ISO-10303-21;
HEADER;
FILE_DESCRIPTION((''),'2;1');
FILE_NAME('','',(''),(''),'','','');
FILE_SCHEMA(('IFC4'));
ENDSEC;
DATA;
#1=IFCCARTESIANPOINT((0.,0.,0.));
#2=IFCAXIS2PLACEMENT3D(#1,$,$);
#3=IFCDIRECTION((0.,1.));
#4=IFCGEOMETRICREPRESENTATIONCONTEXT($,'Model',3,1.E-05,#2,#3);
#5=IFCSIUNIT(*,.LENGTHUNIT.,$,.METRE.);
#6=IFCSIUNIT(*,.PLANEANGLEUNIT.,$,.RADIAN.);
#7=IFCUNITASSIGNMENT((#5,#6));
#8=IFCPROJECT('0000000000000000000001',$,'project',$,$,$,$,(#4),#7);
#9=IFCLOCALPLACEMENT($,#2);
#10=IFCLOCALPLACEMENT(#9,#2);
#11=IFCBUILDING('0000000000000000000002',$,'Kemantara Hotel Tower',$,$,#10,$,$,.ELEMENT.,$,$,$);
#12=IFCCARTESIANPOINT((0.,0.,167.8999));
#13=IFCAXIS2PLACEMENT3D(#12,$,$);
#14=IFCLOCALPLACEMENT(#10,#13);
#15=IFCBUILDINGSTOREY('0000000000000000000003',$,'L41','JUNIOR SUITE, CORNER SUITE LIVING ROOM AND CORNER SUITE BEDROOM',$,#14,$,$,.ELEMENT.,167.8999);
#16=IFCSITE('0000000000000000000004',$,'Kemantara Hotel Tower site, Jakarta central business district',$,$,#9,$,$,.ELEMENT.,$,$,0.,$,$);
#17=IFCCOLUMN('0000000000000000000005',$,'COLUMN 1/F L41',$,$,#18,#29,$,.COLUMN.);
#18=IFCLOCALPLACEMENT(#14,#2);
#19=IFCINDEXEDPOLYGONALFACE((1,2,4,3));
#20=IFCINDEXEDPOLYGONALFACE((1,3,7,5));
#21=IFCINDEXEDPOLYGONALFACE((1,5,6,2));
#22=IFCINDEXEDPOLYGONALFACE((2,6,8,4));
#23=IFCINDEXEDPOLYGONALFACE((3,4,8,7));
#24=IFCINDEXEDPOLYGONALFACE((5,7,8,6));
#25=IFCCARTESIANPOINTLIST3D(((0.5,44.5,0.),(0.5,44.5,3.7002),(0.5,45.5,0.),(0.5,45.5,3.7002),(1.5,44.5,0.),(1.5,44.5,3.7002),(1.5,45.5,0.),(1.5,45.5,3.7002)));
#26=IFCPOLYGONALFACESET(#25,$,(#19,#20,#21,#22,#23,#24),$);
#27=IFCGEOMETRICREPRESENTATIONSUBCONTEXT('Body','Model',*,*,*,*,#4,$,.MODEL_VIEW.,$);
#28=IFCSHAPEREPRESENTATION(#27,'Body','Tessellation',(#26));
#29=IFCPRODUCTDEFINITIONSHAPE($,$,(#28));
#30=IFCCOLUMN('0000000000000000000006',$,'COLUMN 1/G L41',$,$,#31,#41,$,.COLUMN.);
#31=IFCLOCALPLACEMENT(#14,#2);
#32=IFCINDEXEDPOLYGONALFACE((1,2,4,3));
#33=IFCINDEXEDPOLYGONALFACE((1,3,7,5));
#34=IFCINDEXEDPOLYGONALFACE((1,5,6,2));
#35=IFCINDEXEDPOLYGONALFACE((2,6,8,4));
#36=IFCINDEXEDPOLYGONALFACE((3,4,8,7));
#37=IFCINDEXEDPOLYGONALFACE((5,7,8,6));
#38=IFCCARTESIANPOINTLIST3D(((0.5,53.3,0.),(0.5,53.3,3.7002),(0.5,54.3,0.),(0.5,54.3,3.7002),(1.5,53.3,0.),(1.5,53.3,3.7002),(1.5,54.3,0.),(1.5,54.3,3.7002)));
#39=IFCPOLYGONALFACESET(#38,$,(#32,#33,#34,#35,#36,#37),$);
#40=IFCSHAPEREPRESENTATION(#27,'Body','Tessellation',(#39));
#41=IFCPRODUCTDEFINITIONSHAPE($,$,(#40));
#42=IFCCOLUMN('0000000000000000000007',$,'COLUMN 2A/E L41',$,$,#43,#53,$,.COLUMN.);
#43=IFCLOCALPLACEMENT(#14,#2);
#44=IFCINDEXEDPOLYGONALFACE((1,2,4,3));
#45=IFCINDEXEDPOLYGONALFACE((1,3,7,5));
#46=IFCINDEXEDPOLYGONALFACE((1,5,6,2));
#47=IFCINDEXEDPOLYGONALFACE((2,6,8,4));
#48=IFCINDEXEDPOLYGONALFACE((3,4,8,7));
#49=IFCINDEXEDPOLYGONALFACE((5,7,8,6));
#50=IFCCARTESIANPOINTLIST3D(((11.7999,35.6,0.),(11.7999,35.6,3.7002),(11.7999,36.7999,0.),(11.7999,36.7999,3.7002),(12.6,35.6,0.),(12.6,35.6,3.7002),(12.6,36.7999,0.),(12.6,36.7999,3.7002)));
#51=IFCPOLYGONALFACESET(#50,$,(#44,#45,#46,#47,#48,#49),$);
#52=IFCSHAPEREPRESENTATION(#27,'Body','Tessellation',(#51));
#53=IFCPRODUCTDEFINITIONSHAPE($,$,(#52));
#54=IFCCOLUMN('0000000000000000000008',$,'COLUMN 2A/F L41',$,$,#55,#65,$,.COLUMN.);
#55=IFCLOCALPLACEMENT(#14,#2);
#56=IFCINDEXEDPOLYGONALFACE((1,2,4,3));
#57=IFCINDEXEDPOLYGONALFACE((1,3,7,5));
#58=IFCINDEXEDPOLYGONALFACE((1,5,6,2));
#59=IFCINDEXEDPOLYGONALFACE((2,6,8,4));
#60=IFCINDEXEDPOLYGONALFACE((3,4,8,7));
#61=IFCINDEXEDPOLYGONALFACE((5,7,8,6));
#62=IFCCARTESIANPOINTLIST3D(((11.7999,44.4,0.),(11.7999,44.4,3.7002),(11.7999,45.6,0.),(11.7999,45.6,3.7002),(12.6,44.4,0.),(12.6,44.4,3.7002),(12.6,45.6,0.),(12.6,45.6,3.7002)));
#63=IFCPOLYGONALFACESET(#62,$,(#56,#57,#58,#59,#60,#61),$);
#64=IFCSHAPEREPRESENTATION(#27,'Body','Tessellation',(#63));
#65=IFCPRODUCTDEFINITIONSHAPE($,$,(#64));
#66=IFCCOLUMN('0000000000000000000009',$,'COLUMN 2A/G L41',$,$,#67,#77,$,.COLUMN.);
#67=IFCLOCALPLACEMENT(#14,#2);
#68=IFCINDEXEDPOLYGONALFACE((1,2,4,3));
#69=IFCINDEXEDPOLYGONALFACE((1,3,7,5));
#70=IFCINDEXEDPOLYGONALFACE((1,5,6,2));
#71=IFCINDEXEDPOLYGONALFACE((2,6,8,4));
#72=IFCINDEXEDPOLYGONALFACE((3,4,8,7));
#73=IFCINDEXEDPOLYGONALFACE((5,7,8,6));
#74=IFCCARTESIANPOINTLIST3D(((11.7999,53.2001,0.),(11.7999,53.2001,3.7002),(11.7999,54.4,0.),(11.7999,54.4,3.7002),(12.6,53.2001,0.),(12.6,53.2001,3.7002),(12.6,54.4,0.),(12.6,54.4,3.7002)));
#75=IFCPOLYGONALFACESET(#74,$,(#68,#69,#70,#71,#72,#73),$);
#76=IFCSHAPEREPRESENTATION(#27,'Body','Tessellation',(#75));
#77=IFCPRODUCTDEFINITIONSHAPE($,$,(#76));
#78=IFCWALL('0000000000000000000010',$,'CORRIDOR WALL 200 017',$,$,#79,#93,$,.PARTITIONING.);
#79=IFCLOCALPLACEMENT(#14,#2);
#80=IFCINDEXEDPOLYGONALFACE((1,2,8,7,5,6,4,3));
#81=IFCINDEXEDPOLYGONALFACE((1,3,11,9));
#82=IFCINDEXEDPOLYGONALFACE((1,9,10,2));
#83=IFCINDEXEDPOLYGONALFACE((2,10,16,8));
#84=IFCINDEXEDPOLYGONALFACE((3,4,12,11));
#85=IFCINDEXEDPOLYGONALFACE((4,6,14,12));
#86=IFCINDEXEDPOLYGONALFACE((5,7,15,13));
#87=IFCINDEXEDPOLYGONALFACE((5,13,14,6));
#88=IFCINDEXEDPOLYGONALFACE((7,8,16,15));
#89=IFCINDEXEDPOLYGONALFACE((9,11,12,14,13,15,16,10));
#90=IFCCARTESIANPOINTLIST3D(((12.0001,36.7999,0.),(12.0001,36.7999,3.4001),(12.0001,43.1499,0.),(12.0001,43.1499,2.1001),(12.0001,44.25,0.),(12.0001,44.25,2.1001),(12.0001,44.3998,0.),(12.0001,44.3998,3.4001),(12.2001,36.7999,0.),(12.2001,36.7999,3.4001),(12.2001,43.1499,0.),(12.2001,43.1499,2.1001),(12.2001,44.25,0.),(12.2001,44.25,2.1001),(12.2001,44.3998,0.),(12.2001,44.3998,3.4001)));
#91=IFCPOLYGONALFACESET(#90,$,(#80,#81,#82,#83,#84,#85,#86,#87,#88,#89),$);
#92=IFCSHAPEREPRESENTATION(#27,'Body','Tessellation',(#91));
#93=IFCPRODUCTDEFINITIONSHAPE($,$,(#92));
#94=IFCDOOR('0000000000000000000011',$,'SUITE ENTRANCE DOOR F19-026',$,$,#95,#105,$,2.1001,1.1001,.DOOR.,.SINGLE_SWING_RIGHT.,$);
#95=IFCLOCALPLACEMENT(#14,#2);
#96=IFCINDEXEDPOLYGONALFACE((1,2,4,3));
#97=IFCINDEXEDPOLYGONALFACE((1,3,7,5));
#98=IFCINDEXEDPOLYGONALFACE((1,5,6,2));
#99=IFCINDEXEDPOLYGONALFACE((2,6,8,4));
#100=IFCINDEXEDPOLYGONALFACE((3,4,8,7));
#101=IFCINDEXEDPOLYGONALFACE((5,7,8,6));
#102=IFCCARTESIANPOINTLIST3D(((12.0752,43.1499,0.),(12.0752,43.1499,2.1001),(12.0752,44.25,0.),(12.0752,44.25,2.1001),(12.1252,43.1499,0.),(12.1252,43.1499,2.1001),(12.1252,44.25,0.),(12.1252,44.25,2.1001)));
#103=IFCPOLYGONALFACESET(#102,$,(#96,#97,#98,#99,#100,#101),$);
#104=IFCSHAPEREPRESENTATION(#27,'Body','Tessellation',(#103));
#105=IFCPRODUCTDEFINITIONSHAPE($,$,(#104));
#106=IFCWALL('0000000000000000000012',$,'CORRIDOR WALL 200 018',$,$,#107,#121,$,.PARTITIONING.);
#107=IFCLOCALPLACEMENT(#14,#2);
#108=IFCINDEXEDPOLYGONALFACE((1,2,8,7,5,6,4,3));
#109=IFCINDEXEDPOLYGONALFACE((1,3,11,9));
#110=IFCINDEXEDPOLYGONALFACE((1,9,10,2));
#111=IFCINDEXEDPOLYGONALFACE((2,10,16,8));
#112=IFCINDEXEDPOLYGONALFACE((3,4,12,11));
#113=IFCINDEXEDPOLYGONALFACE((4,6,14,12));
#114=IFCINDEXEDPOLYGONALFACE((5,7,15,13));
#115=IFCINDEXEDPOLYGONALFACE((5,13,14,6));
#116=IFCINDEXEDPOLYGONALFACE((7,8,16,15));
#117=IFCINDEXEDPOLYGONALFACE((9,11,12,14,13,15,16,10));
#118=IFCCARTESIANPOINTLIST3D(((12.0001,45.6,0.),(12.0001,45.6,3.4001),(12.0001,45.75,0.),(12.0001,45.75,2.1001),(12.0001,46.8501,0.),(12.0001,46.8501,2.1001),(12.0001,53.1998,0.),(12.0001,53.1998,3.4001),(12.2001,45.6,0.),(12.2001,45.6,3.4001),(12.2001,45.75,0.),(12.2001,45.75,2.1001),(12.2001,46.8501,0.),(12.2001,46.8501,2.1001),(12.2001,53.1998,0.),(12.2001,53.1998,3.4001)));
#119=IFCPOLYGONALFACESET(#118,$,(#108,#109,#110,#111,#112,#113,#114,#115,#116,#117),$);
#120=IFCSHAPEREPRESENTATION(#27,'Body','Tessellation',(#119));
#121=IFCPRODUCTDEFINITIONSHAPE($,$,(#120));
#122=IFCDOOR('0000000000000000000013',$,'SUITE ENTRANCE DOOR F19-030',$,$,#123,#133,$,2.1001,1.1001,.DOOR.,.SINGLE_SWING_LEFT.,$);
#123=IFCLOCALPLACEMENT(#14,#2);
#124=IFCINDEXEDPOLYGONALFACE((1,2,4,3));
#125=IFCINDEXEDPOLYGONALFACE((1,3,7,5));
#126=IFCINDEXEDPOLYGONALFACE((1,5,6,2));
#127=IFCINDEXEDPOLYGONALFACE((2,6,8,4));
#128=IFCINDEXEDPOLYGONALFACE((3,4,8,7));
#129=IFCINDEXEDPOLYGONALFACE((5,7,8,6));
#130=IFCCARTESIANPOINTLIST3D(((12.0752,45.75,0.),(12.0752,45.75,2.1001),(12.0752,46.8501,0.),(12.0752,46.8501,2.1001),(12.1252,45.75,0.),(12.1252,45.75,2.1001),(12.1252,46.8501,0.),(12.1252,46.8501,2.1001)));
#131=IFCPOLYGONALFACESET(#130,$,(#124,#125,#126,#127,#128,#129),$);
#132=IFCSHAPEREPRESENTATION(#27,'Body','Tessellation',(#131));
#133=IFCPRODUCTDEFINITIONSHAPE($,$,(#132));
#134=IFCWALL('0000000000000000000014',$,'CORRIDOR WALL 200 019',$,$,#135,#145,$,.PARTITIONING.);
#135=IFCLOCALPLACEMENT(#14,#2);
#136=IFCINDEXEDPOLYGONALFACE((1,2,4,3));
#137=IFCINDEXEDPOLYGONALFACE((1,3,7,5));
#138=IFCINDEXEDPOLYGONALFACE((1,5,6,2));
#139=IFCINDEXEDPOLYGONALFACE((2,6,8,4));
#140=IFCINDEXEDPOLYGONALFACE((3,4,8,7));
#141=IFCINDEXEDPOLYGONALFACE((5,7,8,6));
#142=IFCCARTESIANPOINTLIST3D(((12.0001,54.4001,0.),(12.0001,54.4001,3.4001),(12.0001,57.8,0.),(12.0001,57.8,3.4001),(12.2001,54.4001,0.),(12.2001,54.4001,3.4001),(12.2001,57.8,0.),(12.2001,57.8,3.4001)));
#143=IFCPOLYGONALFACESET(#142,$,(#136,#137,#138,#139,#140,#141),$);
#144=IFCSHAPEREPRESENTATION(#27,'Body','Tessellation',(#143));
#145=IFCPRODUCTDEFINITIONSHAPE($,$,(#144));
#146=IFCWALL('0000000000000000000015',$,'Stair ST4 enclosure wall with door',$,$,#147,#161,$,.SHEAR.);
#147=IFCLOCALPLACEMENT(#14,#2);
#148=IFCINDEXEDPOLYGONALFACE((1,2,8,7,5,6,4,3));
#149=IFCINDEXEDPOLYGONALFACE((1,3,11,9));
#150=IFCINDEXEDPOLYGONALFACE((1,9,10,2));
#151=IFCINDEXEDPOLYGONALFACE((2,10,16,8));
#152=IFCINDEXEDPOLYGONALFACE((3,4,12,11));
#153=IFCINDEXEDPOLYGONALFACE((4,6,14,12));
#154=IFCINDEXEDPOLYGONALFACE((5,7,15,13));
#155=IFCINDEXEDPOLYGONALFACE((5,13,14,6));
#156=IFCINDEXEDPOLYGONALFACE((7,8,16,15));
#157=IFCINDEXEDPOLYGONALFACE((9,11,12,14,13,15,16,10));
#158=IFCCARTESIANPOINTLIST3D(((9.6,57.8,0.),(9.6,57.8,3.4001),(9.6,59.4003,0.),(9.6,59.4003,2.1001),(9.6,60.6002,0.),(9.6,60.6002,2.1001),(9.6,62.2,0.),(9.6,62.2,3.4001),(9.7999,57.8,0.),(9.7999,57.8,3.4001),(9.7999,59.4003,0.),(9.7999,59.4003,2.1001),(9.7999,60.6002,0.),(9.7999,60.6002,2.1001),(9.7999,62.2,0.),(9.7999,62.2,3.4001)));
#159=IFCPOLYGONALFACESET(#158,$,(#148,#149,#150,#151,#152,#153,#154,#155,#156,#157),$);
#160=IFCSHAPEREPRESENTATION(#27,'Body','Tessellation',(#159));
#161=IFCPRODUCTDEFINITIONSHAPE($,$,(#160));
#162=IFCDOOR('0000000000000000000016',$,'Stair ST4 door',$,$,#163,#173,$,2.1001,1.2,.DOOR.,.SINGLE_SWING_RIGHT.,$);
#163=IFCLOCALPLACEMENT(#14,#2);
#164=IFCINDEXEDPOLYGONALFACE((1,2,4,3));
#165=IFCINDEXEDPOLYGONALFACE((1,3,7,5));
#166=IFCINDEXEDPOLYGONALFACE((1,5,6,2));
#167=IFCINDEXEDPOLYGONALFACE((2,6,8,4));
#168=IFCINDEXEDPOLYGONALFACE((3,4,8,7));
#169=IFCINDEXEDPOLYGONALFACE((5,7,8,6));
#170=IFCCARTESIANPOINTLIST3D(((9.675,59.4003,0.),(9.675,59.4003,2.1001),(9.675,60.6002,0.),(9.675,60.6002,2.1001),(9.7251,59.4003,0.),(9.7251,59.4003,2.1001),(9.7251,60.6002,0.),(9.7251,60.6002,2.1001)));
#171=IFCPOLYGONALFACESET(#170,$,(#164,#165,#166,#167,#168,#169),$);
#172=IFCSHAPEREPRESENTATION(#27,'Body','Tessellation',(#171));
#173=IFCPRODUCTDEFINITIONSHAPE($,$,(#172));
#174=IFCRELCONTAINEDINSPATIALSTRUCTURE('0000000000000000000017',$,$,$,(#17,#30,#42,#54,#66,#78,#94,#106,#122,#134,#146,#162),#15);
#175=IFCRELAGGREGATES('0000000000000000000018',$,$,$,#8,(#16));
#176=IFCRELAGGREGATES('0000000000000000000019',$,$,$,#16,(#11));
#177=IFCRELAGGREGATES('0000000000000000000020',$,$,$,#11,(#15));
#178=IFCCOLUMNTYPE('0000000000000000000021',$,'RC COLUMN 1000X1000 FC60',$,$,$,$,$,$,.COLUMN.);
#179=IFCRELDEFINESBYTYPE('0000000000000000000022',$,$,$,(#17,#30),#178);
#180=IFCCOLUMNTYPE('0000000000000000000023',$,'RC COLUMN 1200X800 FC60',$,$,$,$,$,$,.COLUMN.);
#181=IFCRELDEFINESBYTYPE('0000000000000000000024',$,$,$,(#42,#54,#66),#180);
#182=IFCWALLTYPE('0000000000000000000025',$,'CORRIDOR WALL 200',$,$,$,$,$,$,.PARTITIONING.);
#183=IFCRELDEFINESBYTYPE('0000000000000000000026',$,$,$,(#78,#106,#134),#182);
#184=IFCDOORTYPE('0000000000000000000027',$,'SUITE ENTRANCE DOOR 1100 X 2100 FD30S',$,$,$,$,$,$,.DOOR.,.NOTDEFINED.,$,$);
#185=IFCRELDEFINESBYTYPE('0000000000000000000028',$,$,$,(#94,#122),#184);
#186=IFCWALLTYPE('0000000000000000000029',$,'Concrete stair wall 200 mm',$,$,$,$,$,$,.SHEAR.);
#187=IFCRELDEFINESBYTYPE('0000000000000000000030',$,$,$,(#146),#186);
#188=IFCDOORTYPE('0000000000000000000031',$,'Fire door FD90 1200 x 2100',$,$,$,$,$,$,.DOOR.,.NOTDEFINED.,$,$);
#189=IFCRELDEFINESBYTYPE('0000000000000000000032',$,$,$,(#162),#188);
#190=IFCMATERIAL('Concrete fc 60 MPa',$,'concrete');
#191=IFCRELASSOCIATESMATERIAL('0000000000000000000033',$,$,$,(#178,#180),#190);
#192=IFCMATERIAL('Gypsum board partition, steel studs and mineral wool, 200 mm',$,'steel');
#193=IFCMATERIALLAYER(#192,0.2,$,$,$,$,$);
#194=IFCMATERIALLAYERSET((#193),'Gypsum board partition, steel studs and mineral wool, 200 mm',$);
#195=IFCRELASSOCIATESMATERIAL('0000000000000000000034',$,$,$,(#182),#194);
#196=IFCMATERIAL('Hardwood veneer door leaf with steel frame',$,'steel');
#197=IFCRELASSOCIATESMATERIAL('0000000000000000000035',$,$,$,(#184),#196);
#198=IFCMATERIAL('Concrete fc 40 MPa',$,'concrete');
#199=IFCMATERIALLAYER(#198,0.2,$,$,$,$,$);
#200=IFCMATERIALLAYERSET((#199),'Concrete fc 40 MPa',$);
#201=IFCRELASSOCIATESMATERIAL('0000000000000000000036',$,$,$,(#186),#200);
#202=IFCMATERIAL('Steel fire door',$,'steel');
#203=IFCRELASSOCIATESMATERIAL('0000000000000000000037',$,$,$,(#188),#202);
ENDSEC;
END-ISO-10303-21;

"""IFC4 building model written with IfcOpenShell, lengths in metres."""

from ifc_helpers import new_model, si_unit, direction, frame, frame_2d, origin, origin_2d, place, context, subcontext, project, spatial, rectangle, extrude, material, layer, layer_set, material_profile, profile_set, type_object, element, fill, save


model = new_model("IFC4")

# Units and contexts
model_context = context("Model", 3, precision=1e-05, world=origin(), true_north=direction((0.0, 1.0)))
body_context = subcontext(model_context, "Body", "Model", "MODEL_VIEW")
ifc_project = project(units=[si_unit("LENGTHUNIT", "METRE"), si_unit("PLANEANGLEUNIT", "RADIAN")], contexts=[model_context])

# Site, building, storey
site_placement = place(None, origin())
site = spatial("IfcSite", under=ifc_project, at=site_placement, Name="Kemantara Hotel Tower site, Jakarta central business district", CompositionType="ELEMENT", RefElevation=0.0)
building_placement = place(site_placement, origin())
building = spatial("IfcBuilding", under=site, at=building_placement, Name="Kemantara Hotel Tower", CompositionType="ELEMENT")
storey_placement = place(building_placement, frame((0.0, 0.0, 167.8999)))
storey = spatial("IfcBuildingStorey", under=building, at=storey_placement, Name="L41", Description="JUNIOR SUITE, CORNER SUITE LIVING ROOM AND CORNER SUITE BEDROOM", CompositionType="ELEMENT", Elevation=167.8999)

# Columns
ifc_material_1 = material(Name="Concrete fc 60 MPa", Category="concrete")
ifc_material_profile_1 = material_profile(ifc_material_1, rectangle(XDim=1.0, YDim=1.0, at=origin_2d()), Name="RC 1000X1000")
ifc_profile_set_1 = profile_set([ifc_material_profile_1], Name="Concrete fc 60 MPa")
column_type_1 = type_object("IfcColumnType", Name="RC COLUMN 1000X1000 FC60", PredefinedType="COLUMN", material=ifc_profile_set_1)
for number, where, z_axis, x_axis, name in (
    (1, (1.0, 45.0, 0.0), (0.0, 0.0, 1.0), (1.0, 0.0, 0.0), "COLUMN 1/F L41"),
    (2, (1.0, 53.8, 0.0), (0.0, 0.0, 1.0), (1.0, 0.0, 0.0), "COLUMN 1/G L41"),
):
    element("IfcColumn", number, at=place(storey_placement, frame(where, z_axis=z_axis, x_axis=x_axis)), inside=storey, type_object=column_type_1, Name=name, PredefinedType="COLUMN", context=body_context, shape_type="SweptSolid", body=[
        extrude(rectangle(XDim=1.0, YDim=1.0, at=origin_2d()), origin(), (0.0, 0.0, 1.0), 3.7002),
    ])
ifc_material_profile_2 = material_profile(ifc_material_1, rectangle(XDim=1.2, YDim=0.8, at=origin_2d()), Name="RC 1200X800")
ifc_profile_set_2 = profile_set([ifc_material_profile_2], Name="Concrete fc 60 MPa")
column_type_2 = type_object("IfcColumnType", Name="RC COLUMN 1200X800 FC60", PredefinedType="COLUMN", material=ifc_profile_set_2)
for number, where, z_axis, x_axis, name in (
    (3, (12.2, 36.2, 0.0), (0.0, 0.0, 1.0), (0.0, 1.0, 0.0), "COLUMN 2A/E L41"),
    (4, (12.2, 45.0, 0.0), (0.0, 0.0, 1.0), (0.0, 1.0, 0.0), "COLUMN 2A/F L41"),
    (5, (12.2, 53.8, 0.0), (0.0, 0.0, 1.0), (0.0, 1.0, 0.0), "COLUMN 2A/G L41"),
):
    element("IfcColumn", number, at=place(storey_placement, frame(where, z_axis=z_axis, x_axis=x_axis)), inside=storey, type_object=column_type_2, Name=name, PredefinedType="COLUMN", context=body_context, shape_type="SweptSolid", body=[
        extrude(rectangle(XDim=1.2, YDim=0.8, at=origin_2d()), origin(), (0.0, 0.0, 1.0), 3.7002),
    ])

# Walls, openings, doors
ifc_material_2 = material(Name="Gypsum board partition, steel studs and mineral wool, 200 mm", Category="steel")
ifc_layer_1 = layer(ifc_material_2, 0.2)
ifc_layer_set_1 = layer_set([ifc_layer_1], Name="Gypsum board partition, steel studs and mineral wool, 200 mm")
wall_type_1 = type_object("IfcWallType", Name="CORRIDOR WALL 200", PredefinedType="PARTITIONING", material=ifc_layer_set_1)
wall_1_placement = place(storey_placement, frame((12.1001, 36.8, 0.0), z_axis=(0.0, 0.0, 1.0), x_axis=(0.0, 1.0, 0.0)))
wall_1 = element("IfcWall", 6, at=wall_1_placement, inside=storey, type_object=wall_type_1, Name="CORRIDOR WALL 200 017", PredefinedType="PARTITIONING", context=body_context, shape_type="SweptSolid", body=[
    extrude(rectangle(XDim=7.5999, YDim=0.2, at=frame_2d((3.7998, 0.0))), origin(), (0.0, 0.0, 1.0), 3.4001),
])
opening_1_placement = place(wall_1_placement, frame((6.3499, 0.0, 0.0)))
opening_1 = element("IfcOpeningElement", 7, at=opening_1_placement, cuts=wall_1, PredefinedType="OPENING", context=body_context, shape_type="SweptSolid", body=[
    extrude(rectangle(XDim=1.1001, YDim=2.1001, at=frame_2d((0.55, 1.05))), frame((0.0, 0.1099, 0.0), z_axis=(0.0, -1.0, 0.0), x_axis=(1.0, 0.0, 0.0)), (0.0, 0.0, 1.0), 0.22),
])
ifc_material_3 = material(Name="Hardwood veneer door leaf with steel frame", Category="steel")
door_type_1 = type_object("IfcDoorType", Name="SUITE ENTRANCE DOOR 1100 X 2100 FD30S", OperationType="NOTDEFINED", PredefinedType="DOOR", material=ifc_material_3)
door_1_placement = place(opening_1_placement, origin())
door_1 = element("IfcDoor", 8, at=door_1_placement, inside=storey, type_object=door_type_1, Name="SUITE ENTRANCE DOOR F19-026", OperationType="SINGLE_SWING_RIGHT", OverallHeight=2.1001, OverallWidth=1.1001, PredefinedType="DOOR", context=body_context, shape_type="SweptSolid", body=[
    extrude(rectangle(XDim=1.1001, YDim=2.1001, at=frame_2d((0.55, 1.05))), frame((0.0, 0.0249, 0.0), z_axis=(0.0, -1.0, 0.0), x_axis=(1.0, 0.0, 0.0)), (0.0, 0.0, 1.0), 0.05),
])
fill(opening_1, door_1)
wall_2_placement = place(storey_placement, frame((12.1001, 45.6001, 0.0), z_axis=(0.0, 0.0, 1.0), x_axis=(0.0, 1.0, 0.0)))
wall_2 = element("IfcWall", 9, at=wall_2_placement, inside=storey, type_object=wall_type_1, Name="CORRIDOR WALL 200 018", PredefinedType="PARTITIONING", context=body_context, shape_type="SweptSolid", body=[
    extrude(rectangle(XDim=7.5999, YDim=0.2, at=frame_2d((3.7998, 0.0))), origin(), (0.0, 0.0, 1.0), 3.4001),
])
opening_2_placement = place(wall_2_placement, frame((0.1499, 0.0, 0.0)))
opening_2 = element("IfcOpeningElement", 10, at=opening_2_placement, cuts=wall_2, PredefinedType="OPENING", context=body_context, shape_type="SweptSolid", body=[
    extrude(rectangle(XDim=1.1001, YDim=2.1001, at=frame_2d((0.55, 1.05))), frame((0.0, 0.1099, 0.0), z_axis=(0.0, -1.0, 0.0), x_axis=(1.0, 0.0, 0.0)), (0.0, 0.0, 1.0), 0.22),
])
door_2_placement = place(opening_2_placement, origin())
door_2 = element("IfcDoor", 11, at=door_2_placement, inside=storey, type_object=door_type_1, Name="SUITE ENTRANCE DOOR F19-030", OperationType="SINGLE_SWING_LEFT", OverallHeight=2.1001, OverallWidth=1.1001, PredefinedType="DOOR", context=body_context, shape_type="SweptSolid", body=[
    extrude(rectangle(XDim=1.1001, YDim=2.1001, at=frame_2d((0.55, 1.05))), frame((0.0, 0.0249, 0.0), z_axis=(0.0, -1.0, 0.0), x_axis=(1.0, 0.0, 0.0)), (0.0, 0.0, 1.0), 0.05),
])
fill(opening_2, door_2)

# Wall
wall_3_placement = place(storey_placement, frame((12.1001, 54.4001, 0.0), z_axis=(0.0, 0.0, 1.0), x_axis=(0.0, 1.0, 0.0)))
element("IfcWall", 12, at=wall_3_placement, inside=storey, type_object=wall_type_1, Name="CORRIDOR WALL 200 019", PredefinedType="PARTITIONING", context=body_context, shape_type="SweptSolid", body=[
    extrude(rectangle(XDim=3.3999, YDim=0.2, at=frame_2d((1.7, 0.0))), origin(), (0.0, 0.0, 1.0), 3.4001),
])

# Wall, opening, door
ifc_material_4 = material(Name="Concrete fc 40 MPa", Category="concrete")
ifc_layer_2 = layer(ifc_material_4, 0.2)
ifc_layer_set_2 = layer_set([ifc_layer_2], Name="Concrete fc 40 MPa")
wall_type_2 = type_object("IfcWallType", Name="Concrete stair wall 200 mm", PredefinedType="SHEAR", material=ifc_layer_set_2)
wall_4_placement = place(storey_placement, frame((9.7, 57.8, 0.0), z_axis=(0.0, 0.0, 1.0), x_axis=(0.0, 1.0, 0.0)))
wall_4 = element("IfcWall", 13, at=wall_4_placement, inside=storey, type_object=wall_type_2, Name="Stair ST4 enclosure wall with door", PredefinedType="SHEAR", context=body_context, shape_type="SweptSolid", body=[
    extrude(rectangle(XDim=4.3999, YDim=0.2, at=frame_2d((2.2, 0.0))), origin(), (0.0, 0.0, 1.0), 3.4001),
])
opening_3_placement = place(wall_4_placement, frame((1.6001, 0.0, 0.0)))
opening_3 = element("IfcOpeningElement", 14, at=opening_3_placement, cuts=wall_4, PredefinedType="OPENING", context=body_context, shape_type="SweptSolid", body=[
    extrude(rectangle(XDim=1.2, YDim=2.1001, at=frame_2d((0.6001, 1.05))), frame((0.0, 0.1099, 0.0), z_axis=(0.0, -1.0, 0.0), x_axis=(1.0, 0.0, 0.0)), (0.0, 0.0, 1.0), 0.22),
])
ifc_material_5 = material(Name="Steel fire door", Category="steel")
door_type_2 = type_object("IfcDoorType", Name="Fire door FD90 1200 x 2100", OperationType="NOTDEFINED", PredefinedType="DOOR", material=ifc_material_5)
door_3_placement = place(opening_3_placement, origin())
door_3 = element("IfcDoor", 15, at=door_3_placement, inside=storey, type_object=door_type_2, Name="Stair ST4 door", OperationType="SINGLE_SWING_RIGHT", OverallHeight=2.1001, OverallWidth=1.2, PredefinedType="DOOR", context=body_context, shape_type="SweptSolid", body=[
    extrude(rectangle(XDim=1.2, YDim=2.1001, at=frame_2d((0.6001, 1.05))), frame((0.0, 0.0249, 0.0), z_axis=(0.0, -1.0, 0.0), x_axis=(1.0, 0.0, 0.0)), (0.0, 0.0, 1.0), 0.05),
])
fill(opening_3, door_3)

save(model, "model.ifc")
